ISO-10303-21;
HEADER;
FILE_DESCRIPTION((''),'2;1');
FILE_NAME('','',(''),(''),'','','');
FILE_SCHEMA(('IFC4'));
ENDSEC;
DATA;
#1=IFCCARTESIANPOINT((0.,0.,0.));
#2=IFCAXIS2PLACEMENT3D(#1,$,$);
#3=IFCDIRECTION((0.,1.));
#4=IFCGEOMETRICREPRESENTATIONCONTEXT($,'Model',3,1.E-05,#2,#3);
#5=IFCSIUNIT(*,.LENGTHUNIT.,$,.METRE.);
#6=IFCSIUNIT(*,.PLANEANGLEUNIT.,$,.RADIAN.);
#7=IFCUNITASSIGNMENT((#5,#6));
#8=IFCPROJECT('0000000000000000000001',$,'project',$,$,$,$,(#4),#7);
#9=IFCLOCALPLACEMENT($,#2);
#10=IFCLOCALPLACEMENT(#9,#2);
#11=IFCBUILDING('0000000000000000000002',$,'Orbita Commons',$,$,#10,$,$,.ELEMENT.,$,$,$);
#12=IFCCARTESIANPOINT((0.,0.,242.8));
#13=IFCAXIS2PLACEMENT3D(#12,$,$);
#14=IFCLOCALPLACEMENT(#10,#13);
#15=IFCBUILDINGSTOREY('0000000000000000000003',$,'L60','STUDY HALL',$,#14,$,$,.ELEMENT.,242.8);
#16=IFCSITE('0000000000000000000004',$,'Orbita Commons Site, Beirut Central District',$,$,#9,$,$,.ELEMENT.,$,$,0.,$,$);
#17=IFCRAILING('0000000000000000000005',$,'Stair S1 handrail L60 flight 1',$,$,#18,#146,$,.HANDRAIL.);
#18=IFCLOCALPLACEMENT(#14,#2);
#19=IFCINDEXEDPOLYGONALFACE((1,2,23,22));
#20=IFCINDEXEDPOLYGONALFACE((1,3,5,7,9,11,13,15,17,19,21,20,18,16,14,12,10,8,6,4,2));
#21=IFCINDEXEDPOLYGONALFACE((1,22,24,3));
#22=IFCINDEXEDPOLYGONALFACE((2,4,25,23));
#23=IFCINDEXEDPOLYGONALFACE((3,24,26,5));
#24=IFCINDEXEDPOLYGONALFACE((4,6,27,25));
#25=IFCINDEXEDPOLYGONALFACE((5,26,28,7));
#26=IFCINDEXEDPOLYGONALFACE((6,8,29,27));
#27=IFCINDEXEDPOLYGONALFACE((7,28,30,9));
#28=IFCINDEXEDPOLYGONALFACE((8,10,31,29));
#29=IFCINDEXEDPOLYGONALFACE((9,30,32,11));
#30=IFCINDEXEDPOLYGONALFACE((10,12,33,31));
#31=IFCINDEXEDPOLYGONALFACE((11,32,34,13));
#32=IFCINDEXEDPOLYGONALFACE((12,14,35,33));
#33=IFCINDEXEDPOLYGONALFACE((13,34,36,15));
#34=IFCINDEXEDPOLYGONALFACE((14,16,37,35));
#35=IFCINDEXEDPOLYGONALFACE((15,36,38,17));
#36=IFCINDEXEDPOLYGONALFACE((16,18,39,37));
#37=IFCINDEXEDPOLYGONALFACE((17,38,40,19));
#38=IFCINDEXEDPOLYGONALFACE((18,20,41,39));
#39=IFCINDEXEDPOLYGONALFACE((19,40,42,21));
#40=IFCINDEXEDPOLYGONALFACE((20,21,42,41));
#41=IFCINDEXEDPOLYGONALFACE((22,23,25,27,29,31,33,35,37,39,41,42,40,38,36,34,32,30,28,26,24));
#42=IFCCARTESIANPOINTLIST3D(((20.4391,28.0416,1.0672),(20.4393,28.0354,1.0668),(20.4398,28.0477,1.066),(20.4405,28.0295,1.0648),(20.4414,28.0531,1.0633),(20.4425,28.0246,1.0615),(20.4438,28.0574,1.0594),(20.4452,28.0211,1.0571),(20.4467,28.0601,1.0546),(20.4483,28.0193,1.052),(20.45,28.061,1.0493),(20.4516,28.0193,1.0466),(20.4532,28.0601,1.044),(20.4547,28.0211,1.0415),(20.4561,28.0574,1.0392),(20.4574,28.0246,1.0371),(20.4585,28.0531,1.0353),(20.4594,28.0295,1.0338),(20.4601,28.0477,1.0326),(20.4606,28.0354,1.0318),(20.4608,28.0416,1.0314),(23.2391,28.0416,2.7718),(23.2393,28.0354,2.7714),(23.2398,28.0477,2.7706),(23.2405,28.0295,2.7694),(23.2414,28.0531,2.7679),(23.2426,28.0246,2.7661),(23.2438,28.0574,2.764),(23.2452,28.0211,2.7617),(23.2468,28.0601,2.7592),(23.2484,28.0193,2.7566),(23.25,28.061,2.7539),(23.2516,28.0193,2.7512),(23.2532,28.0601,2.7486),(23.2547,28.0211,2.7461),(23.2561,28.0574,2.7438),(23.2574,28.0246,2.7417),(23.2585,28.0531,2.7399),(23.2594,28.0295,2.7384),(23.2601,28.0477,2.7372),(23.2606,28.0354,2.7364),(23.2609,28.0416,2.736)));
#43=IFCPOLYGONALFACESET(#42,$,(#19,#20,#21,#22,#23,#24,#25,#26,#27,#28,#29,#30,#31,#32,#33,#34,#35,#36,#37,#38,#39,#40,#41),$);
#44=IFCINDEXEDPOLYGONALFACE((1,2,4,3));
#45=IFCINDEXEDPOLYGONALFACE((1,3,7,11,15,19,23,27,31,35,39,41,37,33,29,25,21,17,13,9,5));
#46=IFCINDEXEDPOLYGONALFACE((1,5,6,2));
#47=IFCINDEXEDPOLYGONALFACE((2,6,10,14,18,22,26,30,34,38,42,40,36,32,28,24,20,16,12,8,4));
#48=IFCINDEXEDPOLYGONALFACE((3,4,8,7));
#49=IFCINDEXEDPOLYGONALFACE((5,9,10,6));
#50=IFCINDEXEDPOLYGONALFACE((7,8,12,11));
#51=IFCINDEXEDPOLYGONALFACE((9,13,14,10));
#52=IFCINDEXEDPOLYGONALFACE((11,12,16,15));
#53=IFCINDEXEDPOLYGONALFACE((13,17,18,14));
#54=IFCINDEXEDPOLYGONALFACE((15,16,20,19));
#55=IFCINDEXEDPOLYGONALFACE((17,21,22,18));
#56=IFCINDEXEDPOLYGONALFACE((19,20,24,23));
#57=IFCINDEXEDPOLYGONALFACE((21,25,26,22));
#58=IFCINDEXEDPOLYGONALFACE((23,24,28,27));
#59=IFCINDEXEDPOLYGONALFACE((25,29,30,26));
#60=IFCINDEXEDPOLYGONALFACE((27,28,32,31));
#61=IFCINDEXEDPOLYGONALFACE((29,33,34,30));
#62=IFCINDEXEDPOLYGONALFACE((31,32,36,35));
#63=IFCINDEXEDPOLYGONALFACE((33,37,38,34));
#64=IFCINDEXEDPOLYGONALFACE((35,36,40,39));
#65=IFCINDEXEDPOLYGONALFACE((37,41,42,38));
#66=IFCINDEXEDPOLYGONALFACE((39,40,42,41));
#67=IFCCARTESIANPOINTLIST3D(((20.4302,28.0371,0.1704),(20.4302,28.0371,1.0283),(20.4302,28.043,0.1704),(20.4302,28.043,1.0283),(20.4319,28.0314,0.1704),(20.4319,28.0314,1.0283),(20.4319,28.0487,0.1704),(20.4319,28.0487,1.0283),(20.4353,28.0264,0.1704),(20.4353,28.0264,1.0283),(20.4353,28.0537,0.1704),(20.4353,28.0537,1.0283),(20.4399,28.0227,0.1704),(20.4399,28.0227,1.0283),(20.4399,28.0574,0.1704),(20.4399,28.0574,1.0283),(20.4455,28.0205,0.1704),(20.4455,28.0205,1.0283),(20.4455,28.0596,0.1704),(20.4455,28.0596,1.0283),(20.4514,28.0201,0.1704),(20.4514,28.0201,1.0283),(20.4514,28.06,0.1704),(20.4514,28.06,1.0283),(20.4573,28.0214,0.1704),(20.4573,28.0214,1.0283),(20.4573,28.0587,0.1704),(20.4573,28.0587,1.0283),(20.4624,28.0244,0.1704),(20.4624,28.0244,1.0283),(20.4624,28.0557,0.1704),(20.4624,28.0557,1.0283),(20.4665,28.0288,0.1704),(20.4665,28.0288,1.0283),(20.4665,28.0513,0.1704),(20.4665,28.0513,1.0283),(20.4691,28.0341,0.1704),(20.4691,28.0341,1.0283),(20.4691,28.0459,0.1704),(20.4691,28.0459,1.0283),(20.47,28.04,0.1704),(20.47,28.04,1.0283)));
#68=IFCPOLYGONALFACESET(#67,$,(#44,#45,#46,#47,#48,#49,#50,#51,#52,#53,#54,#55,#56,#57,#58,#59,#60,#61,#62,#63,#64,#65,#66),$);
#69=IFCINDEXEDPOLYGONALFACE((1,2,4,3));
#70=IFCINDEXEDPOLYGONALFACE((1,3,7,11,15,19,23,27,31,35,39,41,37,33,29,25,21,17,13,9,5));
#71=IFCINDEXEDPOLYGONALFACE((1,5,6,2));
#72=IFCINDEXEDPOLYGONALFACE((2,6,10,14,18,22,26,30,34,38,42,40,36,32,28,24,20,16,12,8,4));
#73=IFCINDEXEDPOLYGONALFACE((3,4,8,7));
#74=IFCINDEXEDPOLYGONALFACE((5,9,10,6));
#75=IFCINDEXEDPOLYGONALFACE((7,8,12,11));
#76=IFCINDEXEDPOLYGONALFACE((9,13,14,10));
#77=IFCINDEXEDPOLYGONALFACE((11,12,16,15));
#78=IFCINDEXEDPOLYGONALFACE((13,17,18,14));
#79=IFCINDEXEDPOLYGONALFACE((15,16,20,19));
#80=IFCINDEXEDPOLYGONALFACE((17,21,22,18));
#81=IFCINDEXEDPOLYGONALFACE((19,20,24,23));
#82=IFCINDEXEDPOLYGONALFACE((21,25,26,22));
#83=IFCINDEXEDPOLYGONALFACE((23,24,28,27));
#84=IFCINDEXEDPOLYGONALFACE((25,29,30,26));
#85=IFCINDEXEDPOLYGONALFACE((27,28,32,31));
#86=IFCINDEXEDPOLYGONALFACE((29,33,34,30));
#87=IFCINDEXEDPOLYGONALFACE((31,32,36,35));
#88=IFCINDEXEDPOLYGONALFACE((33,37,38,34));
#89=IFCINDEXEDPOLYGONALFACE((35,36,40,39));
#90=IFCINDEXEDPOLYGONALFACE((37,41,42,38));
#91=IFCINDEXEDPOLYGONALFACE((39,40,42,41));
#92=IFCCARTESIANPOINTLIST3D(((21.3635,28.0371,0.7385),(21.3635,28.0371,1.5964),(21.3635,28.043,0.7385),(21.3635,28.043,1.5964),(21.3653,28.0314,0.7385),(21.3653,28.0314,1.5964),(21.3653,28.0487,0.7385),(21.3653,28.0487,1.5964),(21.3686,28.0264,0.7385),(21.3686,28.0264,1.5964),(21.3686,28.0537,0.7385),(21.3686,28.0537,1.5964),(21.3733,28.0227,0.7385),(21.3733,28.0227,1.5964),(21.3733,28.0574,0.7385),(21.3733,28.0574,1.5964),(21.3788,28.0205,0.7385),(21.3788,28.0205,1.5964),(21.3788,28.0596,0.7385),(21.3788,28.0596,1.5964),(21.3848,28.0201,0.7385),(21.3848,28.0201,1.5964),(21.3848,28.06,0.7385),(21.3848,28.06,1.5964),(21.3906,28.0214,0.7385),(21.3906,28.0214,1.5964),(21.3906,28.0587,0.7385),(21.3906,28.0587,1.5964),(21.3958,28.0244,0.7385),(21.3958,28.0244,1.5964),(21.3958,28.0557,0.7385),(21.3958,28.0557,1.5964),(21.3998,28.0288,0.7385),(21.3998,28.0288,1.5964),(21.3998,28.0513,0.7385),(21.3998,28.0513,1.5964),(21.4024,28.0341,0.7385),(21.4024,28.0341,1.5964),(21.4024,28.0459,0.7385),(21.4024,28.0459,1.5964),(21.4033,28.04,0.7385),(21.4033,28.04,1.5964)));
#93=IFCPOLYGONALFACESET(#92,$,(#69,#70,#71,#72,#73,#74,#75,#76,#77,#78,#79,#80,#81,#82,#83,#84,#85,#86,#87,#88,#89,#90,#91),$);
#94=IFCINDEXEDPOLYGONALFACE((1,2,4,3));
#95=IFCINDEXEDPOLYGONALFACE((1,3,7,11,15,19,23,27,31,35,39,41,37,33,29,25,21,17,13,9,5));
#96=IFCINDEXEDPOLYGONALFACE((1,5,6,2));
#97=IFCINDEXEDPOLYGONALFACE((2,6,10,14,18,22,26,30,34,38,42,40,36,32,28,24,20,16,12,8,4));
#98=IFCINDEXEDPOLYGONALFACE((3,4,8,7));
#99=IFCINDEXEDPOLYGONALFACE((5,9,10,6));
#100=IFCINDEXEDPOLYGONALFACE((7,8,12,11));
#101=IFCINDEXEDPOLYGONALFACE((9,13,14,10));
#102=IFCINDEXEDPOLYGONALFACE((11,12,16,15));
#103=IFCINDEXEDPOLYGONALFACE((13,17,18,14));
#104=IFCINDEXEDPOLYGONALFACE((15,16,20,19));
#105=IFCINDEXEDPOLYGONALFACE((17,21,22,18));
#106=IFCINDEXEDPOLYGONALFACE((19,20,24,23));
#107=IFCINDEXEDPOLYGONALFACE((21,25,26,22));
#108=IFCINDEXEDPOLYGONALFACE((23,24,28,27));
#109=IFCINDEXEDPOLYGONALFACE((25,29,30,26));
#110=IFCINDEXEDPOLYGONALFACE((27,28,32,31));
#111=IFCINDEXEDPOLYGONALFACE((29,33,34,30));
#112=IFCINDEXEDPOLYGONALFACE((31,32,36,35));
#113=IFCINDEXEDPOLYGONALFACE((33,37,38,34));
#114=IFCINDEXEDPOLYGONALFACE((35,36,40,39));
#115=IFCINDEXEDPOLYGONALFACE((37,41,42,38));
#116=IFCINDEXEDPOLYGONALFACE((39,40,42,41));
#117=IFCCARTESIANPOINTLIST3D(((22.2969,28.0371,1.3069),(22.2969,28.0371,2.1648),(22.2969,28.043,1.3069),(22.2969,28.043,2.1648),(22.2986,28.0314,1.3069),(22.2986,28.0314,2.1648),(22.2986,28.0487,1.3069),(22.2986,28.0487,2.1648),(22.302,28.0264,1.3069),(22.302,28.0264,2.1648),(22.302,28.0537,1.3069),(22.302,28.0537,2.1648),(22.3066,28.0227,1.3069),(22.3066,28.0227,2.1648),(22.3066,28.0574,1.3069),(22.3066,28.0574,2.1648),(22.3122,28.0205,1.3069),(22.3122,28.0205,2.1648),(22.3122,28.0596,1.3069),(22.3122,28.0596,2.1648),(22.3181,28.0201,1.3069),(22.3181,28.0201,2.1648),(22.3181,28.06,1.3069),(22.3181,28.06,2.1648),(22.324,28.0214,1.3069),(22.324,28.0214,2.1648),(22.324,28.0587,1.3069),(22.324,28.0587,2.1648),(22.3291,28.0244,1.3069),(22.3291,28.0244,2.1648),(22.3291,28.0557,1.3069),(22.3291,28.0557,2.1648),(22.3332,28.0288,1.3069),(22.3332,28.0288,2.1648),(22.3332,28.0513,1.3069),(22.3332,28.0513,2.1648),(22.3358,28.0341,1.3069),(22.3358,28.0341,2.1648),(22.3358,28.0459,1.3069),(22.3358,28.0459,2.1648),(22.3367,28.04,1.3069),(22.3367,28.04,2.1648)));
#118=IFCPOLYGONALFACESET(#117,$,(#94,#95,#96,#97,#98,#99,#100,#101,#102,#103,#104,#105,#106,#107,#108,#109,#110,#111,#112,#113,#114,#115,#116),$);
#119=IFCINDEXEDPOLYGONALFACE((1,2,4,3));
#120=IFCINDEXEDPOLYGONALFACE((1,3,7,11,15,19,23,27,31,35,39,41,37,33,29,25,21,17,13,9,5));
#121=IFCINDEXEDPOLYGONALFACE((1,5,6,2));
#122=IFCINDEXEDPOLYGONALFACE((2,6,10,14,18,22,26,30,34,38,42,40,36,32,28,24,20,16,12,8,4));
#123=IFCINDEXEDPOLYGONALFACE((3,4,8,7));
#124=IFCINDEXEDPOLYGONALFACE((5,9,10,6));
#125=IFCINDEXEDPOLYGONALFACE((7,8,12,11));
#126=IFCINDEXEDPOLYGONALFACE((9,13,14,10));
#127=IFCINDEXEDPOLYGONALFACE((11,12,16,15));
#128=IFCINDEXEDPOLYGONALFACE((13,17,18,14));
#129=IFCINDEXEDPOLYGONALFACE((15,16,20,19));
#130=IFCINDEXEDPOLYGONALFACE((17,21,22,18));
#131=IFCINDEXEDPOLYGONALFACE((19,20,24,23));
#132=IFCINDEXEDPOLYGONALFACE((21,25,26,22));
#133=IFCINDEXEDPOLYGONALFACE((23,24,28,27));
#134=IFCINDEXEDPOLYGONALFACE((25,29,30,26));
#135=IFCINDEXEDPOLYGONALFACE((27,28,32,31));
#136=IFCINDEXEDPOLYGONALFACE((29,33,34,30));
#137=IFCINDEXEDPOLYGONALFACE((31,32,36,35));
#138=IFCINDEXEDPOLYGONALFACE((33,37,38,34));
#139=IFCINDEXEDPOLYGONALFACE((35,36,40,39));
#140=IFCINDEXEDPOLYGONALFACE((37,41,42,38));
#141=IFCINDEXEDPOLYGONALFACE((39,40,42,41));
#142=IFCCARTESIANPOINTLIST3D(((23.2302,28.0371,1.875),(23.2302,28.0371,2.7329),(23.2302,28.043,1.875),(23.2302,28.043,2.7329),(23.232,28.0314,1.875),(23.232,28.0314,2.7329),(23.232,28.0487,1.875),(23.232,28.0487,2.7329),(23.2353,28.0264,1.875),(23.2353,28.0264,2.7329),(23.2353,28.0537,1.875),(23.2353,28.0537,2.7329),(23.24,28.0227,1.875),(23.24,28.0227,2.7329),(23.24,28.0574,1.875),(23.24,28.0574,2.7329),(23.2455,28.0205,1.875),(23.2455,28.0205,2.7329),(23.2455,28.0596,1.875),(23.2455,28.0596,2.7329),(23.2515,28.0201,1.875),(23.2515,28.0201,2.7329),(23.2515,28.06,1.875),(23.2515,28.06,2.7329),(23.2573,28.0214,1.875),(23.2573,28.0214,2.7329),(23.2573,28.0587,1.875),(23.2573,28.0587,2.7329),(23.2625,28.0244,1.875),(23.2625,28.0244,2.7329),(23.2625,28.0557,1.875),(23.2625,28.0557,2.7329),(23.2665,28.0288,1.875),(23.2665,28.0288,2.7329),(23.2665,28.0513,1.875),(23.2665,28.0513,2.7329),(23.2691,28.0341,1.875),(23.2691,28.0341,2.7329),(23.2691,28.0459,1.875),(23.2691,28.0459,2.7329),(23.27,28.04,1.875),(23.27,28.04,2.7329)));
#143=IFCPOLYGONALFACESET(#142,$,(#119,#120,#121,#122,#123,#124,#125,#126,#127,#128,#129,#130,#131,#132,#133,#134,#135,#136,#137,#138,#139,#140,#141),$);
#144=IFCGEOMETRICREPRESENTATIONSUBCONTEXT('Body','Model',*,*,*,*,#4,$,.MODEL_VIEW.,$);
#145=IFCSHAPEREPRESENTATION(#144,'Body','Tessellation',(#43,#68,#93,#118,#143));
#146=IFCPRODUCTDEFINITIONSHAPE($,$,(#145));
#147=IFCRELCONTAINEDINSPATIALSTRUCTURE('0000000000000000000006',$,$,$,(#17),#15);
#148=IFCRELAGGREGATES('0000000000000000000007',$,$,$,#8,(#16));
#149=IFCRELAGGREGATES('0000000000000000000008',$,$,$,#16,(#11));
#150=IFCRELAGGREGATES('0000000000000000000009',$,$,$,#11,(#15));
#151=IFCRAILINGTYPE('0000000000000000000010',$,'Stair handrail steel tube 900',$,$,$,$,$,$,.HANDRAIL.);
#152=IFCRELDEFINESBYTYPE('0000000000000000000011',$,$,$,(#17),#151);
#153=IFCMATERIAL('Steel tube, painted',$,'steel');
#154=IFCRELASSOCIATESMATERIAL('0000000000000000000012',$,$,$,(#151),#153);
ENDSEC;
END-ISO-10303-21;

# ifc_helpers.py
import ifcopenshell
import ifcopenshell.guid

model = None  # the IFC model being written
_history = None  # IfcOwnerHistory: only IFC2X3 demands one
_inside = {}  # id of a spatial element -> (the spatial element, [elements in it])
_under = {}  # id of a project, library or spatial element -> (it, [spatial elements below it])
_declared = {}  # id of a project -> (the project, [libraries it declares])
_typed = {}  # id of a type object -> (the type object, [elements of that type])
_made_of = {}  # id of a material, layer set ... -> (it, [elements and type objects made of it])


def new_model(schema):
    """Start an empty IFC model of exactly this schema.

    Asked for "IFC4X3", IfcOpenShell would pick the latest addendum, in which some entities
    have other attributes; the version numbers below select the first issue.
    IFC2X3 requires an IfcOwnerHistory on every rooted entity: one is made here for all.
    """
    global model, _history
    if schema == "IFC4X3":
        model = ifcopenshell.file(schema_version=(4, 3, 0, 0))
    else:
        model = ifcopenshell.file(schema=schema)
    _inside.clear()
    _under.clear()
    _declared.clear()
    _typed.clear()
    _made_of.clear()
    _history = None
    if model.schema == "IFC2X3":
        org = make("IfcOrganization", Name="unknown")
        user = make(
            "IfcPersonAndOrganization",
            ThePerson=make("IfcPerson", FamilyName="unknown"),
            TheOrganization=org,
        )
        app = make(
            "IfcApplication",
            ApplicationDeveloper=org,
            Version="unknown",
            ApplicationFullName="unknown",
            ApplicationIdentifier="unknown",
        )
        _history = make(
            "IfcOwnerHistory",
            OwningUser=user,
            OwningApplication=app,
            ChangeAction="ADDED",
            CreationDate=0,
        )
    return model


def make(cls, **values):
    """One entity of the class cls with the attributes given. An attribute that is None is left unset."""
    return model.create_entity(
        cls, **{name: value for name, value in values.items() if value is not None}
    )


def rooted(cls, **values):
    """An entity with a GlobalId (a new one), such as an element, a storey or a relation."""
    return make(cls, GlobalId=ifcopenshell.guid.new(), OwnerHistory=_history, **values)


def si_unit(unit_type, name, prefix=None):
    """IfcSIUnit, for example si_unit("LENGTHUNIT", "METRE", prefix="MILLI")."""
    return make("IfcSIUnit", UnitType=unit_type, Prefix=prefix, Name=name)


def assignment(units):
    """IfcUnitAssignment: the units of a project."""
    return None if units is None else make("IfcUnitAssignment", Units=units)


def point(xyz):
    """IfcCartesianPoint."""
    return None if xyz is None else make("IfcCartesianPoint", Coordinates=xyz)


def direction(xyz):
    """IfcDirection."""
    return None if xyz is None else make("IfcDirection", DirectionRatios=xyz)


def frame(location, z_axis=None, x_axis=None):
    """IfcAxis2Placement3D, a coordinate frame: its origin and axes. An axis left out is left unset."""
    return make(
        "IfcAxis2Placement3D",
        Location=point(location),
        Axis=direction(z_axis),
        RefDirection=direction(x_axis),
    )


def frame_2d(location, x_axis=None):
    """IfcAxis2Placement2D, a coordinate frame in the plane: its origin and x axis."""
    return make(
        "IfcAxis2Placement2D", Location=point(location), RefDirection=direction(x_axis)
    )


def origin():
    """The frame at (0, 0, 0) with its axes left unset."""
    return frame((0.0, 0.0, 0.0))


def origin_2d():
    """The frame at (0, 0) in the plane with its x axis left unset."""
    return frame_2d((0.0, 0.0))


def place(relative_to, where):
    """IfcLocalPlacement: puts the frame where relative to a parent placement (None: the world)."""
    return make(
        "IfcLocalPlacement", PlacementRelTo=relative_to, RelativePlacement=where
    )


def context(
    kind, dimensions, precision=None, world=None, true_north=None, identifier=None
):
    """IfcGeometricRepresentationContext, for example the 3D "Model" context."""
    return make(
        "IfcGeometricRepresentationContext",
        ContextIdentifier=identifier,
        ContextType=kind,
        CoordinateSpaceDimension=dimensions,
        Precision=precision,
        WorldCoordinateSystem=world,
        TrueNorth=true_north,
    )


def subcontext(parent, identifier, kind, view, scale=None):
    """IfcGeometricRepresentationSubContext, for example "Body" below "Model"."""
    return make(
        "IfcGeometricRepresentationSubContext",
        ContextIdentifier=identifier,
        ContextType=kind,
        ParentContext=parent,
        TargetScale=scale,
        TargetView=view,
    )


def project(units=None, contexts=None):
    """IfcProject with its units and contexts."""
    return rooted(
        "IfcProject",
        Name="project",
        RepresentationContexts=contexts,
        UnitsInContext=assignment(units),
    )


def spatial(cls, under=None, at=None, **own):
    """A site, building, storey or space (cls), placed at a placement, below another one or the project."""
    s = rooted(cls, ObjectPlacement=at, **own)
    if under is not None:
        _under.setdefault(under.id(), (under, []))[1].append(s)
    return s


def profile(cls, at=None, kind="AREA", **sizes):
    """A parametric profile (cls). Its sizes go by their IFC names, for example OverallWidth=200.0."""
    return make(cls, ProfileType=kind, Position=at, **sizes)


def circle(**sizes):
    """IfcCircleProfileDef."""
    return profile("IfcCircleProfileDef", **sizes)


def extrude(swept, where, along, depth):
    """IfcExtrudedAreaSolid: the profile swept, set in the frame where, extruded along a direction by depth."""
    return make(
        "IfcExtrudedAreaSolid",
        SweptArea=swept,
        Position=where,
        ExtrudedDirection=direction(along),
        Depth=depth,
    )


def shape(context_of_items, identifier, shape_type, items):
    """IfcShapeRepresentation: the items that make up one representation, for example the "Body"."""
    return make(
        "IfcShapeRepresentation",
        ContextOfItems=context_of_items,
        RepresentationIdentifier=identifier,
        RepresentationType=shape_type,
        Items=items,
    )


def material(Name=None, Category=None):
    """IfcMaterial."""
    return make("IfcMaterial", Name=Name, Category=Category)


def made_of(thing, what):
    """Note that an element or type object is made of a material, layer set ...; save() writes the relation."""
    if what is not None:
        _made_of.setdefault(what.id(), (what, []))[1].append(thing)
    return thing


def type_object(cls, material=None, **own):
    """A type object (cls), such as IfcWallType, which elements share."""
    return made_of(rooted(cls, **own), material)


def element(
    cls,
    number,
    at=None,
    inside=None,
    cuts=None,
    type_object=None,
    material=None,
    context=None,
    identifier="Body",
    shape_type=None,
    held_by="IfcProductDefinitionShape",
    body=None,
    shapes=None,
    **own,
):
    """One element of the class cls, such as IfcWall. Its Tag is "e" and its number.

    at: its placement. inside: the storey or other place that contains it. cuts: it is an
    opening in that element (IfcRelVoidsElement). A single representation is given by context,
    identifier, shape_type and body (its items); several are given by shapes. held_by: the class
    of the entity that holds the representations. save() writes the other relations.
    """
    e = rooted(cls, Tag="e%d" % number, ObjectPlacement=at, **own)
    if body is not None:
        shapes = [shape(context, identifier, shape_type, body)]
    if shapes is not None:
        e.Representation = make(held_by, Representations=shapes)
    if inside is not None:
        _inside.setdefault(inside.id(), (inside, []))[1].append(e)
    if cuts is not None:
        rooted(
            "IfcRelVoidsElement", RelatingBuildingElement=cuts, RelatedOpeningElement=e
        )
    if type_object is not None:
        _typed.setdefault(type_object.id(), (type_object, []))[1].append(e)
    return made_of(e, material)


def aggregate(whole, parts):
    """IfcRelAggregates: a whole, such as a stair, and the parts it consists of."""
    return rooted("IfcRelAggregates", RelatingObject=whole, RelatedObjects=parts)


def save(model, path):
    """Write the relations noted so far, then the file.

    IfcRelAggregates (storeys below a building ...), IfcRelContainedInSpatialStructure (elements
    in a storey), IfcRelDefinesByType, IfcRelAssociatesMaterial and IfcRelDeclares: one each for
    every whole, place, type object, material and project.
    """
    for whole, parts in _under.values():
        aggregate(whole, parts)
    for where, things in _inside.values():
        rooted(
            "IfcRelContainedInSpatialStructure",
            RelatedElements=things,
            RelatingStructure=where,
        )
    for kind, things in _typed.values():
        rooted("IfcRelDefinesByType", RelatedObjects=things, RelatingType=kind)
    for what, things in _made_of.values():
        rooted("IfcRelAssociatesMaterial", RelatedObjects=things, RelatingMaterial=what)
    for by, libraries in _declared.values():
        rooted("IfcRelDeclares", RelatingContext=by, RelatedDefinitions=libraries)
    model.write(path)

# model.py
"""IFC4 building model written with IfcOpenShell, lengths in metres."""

from ifc_helpers import new_model, si_unit, direction, frame, origin, origin_2d, place, context, subcontext, project, spatial, circle, extrude, material, type_object, element, save


model = new_model("IFC4")

# Units and contexts
model_context = context("Model", 3, precision=1e-05, world=origin(), true_north=direction((0.0, 1.0)))
body_context = subcontext(model_context, "Body", "Model", "MODEL_VIEW")
ifc_project = project(units=[si_unit("LENGTHUNIT", "METRE"), si_unit("PLANEANGLEUNIT", "RADIAN")], contexts=[model_context])

# Site, building, storey
site_placement = place(None, origin())
site = spatial("IfcSite", under=ifc_project, at=site_placement, Name="Orbita Commons Site, Beirut Central District", CompositionType="ELEMENT", RefElevation=0.0)
building_placement = place(site_placement, origin())
building = spatial("IfcBuilding", under=site, at=building_placement, Name="Orbita Commons", CompositionType="ELEMENT")
storey_placement = place(building_placement, frame((0.0, 0.0, 242.8)))
storey = spatial("IfcBuildingStorey", under=building, at=storey_placement, Name="L60", Description="STUDY HALL", CompositionType="ELEMENT", Elevation=242.8)

# Railing
ifc_material_1 = material(Name="Steel tube, painted", Category="steel")
railing_type = type_object("IfcRailingType", Name="Stair handrail steel tube 900", PredefinedType="HANDRAIL", material=ifc_material_1)
for number, where, name in (
    (1, (20.45, 28.04, 0.1704), "Stair S1 handrail L60 flight 1"),
):
    element("IfcRailing", number, at=place(storey_placement, frame(where)), inside=storey, type_object=railing_type, Name=name, PredefinedType="HANDRAIL", context=body_context, shape_type="SweptSolid", body=[
        extrude(circle(Radius=0.021, at=origin_2d()), frame((0.0, 0.0, 0.8789), z_axis=(0.85417, 0.0, 0.519994), x_axis=(0.0, 1.0, 0.0)), (0.0, 0.0, 1.0), 3.2781),
        extrude(circle(Radius=0.02, at=origin_2d()), origin(), (0.0, 0.0, 1.0), 0.8579),
        extrude(circle(Radius=0.02, at=origin_2d()), frame((0.9333, 0.0, 0.5681)), (0.0, 0.0, 1.0), 0.8579),
        extrude(circle(Radius=0.02, at=origin_2d()), frame((1.8667, 0.0, 1.1365)), (0.0, 0.0, 1.0), 0.8579),
        extrude(circle(Radius=0.02, at=origin_2d()), frame((2.8, 0.0, 1.7046)), (0.0, 0.0, 1.0), 0.8579),
    ])

save(model, "model.ifc")
